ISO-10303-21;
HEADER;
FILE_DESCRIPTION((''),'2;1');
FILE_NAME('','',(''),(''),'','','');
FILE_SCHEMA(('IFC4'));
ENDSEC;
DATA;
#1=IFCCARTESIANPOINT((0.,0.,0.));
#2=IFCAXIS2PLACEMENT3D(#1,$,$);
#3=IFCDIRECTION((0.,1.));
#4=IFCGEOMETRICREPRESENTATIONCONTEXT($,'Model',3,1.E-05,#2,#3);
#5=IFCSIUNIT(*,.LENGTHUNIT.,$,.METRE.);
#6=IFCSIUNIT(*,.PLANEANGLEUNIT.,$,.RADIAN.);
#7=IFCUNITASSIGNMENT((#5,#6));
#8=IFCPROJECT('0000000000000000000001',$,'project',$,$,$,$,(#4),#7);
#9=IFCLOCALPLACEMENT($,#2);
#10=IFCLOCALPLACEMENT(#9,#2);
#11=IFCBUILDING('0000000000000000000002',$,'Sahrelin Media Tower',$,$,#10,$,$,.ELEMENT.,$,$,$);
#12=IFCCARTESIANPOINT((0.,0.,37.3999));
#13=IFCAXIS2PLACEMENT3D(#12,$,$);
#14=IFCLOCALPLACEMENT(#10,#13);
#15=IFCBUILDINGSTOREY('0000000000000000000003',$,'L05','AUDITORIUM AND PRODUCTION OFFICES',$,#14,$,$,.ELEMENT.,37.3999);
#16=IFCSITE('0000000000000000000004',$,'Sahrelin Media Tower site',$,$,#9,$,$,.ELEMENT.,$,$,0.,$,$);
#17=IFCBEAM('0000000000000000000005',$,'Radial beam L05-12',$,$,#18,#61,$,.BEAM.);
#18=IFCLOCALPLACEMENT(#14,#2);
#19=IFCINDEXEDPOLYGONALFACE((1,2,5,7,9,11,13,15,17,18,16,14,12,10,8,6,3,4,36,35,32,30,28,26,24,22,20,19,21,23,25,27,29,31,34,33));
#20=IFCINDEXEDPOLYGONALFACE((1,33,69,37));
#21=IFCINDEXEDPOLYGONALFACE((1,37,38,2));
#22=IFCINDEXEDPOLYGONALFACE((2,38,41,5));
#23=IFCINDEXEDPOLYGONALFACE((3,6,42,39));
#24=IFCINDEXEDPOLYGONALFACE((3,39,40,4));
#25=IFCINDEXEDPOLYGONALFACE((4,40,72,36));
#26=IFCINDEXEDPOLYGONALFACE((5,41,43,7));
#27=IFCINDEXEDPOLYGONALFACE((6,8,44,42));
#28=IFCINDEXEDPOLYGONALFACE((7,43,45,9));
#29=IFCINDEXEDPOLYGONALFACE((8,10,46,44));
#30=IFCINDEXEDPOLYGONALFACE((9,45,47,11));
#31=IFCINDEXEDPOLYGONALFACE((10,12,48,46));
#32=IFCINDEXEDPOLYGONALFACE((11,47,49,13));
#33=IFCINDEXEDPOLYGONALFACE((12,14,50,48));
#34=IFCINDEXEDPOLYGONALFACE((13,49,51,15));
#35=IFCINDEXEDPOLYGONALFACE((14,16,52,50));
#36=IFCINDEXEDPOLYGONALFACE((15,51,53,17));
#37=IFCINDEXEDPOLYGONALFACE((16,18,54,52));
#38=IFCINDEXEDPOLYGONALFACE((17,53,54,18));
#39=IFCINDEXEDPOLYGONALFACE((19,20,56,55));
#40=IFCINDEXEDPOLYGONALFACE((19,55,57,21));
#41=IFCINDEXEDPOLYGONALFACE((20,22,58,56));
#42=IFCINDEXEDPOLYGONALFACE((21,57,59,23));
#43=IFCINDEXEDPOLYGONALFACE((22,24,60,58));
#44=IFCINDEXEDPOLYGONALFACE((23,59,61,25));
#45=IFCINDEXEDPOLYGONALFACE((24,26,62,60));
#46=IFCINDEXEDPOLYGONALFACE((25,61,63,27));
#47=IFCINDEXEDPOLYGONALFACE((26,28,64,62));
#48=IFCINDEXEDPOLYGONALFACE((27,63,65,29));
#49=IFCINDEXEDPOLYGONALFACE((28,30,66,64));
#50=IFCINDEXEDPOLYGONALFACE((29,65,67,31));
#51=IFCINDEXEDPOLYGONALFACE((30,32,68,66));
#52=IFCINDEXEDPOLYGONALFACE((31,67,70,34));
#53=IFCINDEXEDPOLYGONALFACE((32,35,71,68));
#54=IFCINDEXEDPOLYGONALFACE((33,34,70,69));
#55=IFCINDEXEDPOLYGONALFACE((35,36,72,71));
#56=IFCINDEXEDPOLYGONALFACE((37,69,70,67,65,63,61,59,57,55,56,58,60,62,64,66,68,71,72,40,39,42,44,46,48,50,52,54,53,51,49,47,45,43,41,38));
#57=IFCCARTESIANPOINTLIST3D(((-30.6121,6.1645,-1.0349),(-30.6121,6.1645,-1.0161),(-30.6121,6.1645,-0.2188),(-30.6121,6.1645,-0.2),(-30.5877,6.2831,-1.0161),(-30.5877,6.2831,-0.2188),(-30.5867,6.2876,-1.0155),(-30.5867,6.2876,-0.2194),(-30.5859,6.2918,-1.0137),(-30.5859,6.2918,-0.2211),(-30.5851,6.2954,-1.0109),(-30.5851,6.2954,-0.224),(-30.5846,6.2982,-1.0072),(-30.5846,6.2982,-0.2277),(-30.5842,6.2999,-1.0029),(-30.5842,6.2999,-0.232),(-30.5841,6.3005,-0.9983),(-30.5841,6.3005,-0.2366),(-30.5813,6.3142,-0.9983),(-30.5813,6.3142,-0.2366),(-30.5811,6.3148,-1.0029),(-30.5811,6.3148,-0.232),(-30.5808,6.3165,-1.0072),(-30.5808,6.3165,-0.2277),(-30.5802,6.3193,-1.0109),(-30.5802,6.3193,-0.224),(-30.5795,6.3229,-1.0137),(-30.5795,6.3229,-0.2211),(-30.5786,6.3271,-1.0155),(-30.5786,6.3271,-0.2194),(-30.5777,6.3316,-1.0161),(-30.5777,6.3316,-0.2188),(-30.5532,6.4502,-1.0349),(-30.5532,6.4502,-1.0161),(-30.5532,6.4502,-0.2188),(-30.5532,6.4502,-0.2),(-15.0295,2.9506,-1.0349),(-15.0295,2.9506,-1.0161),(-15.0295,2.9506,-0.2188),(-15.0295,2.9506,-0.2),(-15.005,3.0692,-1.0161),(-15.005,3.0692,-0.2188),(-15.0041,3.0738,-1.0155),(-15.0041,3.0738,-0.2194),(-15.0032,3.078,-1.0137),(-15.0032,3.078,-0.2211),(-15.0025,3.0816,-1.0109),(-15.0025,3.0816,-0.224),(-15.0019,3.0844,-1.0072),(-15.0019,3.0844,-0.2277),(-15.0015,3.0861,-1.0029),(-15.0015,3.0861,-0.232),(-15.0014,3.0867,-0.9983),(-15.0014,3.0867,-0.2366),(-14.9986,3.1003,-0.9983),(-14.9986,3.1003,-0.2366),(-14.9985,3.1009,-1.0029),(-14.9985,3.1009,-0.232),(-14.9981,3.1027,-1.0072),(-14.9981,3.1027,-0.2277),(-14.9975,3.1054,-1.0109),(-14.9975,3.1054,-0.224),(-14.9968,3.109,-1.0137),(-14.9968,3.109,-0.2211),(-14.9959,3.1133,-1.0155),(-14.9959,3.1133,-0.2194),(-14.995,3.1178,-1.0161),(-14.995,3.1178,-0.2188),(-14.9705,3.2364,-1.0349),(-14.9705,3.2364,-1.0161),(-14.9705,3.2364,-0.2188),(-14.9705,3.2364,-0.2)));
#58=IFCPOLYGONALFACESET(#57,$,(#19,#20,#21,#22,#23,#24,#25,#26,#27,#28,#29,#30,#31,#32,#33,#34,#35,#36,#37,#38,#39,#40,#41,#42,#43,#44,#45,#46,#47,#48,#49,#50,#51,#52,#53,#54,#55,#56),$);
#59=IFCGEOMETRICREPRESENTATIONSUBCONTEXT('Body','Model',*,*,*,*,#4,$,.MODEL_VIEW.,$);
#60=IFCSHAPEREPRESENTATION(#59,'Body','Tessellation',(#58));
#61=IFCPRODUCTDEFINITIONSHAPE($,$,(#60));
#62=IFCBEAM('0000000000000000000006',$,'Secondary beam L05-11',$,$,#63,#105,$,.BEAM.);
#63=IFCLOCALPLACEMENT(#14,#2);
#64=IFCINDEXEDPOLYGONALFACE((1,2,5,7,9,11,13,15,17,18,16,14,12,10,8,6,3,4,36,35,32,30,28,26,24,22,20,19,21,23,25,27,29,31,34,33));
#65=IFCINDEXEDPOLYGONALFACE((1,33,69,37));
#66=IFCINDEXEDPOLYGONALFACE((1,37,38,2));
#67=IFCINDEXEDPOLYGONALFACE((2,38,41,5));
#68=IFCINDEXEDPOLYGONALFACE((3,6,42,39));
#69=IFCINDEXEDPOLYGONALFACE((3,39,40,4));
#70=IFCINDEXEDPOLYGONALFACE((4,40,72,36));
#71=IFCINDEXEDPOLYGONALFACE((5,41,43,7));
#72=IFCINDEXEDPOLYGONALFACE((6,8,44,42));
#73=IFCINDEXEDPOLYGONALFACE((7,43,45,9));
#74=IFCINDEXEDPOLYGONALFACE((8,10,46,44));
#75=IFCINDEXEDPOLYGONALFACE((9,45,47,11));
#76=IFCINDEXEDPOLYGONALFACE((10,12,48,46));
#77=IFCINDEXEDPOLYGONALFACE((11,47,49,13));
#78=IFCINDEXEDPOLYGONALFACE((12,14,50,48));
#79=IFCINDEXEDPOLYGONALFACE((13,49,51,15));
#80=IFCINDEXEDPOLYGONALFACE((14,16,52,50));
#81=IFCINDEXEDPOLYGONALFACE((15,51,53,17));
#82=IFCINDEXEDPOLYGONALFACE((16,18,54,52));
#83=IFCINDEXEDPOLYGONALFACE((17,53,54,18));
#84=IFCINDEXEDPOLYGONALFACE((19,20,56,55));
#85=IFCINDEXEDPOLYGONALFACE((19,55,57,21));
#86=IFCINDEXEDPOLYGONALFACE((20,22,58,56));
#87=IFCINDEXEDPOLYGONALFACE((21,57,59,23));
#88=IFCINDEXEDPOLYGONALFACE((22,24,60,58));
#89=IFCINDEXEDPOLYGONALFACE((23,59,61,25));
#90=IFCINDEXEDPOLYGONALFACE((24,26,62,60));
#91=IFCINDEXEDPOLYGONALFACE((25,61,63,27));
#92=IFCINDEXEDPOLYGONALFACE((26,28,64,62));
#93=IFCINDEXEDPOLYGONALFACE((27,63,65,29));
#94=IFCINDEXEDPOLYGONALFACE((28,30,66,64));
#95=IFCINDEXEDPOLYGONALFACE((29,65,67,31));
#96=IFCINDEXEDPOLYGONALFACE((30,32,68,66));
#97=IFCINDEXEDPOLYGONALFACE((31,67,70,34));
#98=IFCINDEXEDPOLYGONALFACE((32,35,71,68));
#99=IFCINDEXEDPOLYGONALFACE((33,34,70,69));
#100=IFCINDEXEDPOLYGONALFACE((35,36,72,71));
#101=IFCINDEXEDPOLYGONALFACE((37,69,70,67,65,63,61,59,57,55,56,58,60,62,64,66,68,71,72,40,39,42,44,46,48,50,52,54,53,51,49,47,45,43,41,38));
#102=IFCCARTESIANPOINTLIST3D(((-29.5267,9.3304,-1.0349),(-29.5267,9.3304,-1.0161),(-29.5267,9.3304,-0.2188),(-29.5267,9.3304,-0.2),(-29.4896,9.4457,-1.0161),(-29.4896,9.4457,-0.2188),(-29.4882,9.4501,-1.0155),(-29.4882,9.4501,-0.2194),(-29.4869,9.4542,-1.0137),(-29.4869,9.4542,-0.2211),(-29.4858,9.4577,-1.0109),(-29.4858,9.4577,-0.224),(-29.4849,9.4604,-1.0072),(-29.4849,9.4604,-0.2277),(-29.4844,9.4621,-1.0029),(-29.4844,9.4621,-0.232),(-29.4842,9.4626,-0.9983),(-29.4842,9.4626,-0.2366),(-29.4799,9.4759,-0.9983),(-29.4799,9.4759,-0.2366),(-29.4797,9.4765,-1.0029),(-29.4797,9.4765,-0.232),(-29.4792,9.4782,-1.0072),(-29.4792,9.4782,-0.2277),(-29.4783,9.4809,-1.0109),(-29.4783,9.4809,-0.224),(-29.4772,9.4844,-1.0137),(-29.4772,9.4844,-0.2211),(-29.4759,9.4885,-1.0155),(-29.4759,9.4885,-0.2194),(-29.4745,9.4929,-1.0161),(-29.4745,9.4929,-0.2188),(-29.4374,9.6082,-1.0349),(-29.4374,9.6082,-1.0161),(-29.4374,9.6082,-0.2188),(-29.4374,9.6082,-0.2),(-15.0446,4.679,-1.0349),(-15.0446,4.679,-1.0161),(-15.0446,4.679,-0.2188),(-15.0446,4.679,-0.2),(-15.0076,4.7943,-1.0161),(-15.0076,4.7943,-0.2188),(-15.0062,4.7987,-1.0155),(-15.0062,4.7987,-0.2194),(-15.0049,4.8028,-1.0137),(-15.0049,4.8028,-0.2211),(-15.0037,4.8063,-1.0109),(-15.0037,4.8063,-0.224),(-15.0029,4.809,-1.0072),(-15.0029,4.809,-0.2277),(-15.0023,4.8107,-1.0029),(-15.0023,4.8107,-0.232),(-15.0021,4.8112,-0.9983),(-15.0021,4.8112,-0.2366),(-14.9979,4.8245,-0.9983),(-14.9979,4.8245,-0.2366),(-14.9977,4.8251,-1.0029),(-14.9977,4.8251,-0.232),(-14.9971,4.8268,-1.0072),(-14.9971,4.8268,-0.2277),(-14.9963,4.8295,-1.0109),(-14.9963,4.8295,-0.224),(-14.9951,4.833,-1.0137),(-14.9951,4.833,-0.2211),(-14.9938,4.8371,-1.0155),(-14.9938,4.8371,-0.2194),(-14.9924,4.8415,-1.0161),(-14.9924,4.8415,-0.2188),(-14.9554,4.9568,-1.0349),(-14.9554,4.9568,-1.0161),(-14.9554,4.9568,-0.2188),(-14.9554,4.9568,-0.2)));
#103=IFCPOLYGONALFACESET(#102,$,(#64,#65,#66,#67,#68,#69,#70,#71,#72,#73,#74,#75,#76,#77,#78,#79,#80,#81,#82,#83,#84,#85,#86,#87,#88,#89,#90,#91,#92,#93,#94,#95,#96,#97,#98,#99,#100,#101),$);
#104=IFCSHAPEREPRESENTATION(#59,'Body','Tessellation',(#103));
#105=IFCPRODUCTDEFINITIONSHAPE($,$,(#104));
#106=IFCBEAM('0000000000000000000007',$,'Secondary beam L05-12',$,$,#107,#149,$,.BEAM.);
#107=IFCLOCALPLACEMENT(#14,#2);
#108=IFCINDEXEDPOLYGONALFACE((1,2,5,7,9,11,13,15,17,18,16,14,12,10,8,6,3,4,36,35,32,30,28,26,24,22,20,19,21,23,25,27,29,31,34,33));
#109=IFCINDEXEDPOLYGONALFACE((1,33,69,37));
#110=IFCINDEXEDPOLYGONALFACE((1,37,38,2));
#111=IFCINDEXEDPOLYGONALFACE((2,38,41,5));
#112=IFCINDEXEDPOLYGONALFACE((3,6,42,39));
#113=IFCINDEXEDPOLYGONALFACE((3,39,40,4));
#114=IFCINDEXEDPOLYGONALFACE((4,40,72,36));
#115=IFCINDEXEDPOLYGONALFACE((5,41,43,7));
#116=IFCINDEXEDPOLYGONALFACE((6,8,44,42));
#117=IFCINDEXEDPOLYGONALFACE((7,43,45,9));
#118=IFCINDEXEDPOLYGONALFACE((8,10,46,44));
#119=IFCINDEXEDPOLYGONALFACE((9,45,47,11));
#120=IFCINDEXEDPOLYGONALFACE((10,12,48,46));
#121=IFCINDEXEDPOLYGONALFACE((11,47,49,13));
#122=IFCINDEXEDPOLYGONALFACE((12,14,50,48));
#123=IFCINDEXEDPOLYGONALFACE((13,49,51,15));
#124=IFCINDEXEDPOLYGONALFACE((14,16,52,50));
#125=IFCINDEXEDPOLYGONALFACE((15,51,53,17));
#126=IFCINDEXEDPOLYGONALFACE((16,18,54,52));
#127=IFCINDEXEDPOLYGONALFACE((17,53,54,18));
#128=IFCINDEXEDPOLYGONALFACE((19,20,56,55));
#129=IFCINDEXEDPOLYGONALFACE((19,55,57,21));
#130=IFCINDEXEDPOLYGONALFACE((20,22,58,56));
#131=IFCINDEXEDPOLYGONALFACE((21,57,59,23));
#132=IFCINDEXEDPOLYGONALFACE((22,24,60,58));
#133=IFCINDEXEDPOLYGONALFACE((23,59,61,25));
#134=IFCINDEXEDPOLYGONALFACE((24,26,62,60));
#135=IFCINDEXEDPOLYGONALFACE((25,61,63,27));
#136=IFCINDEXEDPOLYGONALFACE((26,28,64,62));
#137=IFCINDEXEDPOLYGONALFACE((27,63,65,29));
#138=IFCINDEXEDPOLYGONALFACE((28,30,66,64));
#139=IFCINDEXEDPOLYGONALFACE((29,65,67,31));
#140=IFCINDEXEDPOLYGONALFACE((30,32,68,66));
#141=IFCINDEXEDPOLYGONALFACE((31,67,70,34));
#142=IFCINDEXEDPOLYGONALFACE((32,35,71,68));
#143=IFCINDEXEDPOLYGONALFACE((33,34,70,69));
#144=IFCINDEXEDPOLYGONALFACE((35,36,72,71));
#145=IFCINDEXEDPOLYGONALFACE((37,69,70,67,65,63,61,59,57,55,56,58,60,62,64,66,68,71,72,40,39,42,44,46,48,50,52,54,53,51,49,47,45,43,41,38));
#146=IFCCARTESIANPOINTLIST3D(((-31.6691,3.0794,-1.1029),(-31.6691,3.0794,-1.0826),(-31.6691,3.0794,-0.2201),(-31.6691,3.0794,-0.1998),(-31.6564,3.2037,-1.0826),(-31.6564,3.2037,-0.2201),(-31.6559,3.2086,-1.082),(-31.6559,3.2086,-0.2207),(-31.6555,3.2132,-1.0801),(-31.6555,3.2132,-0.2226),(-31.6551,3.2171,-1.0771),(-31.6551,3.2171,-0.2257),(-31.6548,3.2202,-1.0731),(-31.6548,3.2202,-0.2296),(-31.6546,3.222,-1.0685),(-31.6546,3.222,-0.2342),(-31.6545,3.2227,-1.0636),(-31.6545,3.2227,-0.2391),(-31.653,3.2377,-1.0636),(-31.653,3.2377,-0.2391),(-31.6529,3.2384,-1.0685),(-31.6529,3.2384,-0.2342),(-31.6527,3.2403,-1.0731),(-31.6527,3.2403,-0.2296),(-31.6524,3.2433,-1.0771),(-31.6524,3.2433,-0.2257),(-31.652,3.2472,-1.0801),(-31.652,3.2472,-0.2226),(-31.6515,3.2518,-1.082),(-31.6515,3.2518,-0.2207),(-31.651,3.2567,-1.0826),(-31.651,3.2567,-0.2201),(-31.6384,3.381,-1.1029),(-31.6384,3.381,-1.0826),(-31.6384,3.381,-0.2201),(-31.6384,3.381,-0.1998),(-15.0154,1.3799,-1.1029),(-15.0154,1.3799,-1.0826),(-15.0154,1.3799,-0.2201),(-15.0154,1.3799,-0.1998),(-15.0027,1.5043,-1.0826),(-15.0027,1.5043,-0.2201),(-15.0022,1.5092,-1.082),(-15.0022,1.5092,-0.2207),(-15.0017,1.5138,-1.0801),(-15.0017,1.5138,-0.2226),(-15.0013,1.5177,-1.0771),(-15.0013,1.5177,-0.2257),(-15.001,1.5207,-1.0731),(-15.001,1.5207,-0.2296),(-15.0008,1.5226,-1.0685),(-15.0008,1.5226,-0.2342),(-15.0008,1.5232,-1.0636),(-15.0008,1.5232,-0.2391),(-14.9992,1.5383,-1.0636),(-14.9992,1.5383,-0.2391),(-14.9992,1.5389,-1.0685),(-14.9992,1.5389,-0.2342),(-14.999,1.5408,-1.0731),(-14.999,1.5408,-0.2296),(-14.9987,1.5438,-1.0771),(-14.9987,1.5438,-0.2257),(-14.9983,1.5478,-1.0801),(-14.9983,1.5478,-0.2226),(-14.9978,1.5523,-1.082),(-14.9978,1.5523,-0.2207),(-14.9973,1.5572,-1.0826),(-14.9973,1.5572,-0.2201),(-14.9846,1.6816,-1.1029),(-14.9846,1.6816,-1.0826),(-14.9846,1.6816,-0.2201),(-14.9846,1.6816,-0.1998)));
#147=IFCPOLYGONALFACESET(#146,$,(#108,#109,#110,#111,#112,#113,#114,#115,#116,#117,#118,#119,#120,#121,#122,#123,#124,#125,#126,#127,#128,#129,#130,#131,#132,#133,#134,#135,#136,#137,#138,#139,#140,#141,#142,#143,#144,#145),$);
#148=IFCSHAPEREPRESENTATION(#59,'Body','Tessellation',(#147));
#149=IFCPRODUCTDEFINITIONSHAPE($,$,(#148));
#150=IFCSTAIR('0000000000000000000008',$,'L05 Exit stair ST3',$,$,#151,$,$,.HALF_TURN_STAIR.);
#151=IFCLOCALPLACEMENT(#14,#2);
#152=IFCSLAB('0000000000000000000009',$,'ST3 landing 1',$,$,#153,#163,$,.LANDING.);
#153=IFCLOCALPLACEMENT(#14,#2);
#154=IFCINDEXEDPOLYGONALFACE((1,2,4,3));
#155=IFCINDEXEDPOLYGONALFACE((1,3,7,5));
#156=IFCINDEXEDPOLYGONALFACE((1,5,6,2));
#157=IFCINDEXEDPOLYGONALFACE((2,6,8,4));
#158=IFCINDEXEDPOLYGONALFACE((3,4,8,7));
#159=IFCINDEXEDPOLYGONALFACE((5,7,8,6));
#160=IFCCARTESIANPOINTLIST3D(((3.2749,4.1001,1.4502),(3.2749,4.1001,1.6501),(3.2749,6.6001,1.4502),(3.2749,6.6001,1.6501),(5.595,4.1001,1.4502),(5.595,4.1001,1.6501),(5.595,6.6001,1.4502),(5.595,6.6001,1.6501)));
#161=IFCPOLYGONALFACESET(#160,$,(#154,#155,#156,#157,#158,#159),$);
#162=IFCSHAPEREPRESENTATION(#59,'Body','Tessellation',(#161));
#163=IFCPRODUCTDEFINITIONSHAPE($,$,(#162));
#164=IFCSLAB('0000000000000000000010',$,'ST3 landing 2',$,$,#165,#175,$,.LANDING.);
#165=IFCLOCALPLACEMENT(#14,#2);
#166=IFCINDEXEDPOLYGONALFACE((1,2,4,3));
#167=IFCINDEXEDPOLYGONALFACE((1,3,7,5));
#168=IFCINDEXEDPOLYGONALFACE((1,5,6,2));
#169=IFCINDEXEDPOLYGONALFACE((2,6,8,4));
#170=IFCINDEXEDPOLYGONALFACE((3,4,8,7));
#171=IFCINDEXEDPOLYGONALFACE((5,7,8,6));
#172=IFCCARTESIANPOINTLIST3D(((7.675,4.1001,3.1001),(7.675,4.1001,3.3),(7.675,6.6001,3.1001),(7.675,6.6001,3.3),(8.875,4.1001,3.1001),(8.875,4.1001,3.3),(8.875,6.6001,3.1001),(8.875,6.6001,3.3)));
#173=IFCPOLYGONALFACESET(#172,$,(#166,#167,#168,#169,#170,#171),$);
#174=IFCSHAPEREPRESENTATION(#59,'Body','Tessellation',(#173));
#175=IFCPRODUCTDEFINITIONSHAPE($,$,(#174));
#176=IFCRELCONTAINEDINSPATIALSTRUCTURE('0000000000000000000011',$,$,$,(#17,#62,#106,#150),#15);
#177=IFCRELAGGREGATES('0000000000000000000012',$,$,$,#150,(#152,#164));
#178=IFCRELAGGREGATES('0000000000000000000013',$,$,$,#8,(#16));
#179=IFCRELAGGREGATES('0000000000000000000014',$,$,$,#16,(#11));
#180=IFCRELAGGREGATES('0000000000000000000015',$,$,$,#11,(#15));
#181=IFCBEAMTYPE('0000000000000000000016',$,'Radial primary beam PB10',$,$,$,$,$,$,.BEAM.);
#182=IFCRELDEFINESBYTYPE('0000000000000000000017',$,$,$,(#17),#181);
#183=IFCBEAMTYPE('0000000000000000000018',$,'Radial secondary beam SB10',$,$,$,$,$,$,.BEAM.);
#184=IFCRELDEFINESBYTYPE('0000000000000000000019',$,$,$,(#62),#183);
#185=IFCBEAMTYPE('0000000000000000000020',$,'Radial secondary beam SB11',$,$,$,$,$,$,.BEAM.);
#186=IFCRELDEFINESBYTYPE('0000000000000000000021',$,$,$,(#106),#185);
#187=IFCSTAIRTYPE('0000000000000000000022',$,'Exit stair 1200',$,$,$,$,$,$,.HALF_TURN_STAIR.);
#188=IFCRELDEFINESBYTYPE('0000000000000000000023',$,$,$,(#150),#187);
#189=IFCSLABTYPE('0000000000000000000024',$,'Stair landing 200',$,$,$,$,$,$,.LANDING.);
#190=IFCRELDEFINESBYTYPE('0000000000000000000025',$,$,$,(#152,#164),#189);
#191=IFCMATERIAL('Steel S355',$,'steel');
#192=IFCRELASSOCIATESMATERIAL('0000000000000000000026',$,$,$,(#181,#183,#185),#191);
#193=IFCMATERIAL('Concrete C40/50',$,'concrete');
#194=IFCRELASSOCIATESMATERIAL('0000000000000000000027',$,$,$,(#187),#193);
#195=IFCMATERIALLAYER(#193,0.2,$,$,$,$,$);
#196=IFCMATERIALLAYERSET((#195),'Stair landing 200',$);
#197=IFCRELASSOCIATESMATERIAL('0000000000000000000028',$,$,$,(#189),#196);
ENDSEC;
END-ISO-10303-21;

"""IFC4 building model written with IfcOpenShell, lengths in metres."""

from ifc_helpers import new_model, si_unit, direction, frame, origin, origin_2d, place, context, subcontext, project, spatial, polyline, i_section, outline, extrude, material, layer, layer_set, material_profile, profile_set, type_object, element, aggregate, save


model = new_model("IFC4")

# Units and contexts
model_context = context("Model", 3, precision=1e-05, world=origin(), true_north=direction((0.0, 1.0)))
body_context = subcontext(model_context, "Body", "Model", "MODEL_VIEW")
ifc_project = project(units=[si_unit("LENGTHUNIT", "METRE"), si_unit("PLANEANGLEUNIT", "RADIAN")], contexts=[model_context])

# Site, building, storey
site_placement = place(None, origin())
site = spatial("IfcSite", under=ifc_project, at=site_placement, Name="Sahrelin Media Tower site", CompositionType="ELEMENT", RefElevation=0.0)
building_placement = place(site_placement, origin())
building = spatial("IfcBuilding", under=site, at=building_placement, Name="Sahrelin Media Tower", CompositionType="ELEMENT")
storey_placement = place(building_placement, frame((0.0, 0.0, 37.3999)))
storey = spatial("IfcBuildingStorey", under=building, at=storey_placement, Name="L05", Description="AUDITORIUM AND PRODUCTION OFFICES", CompositionType="ELEMENT", Elevation=37.3999)

# Beams
ifc_material_1 = material(Name="Steel S355", Category="steel")
ifc_material_profile_1 = material_profile(ifc_material_1, i_section(OverallWidth=0.2917, OverallDepth=0.835, WebThickness=0.0139, FlangeThickness=0.0188, FilletRadius=0.0178, at=origin_2d()), Name="UB 838x292x176")
ifc_profile_set_1 = profile_set([ifc_material_profile_1], Name="Steel S355")
beam_type_1 = type_object("IfcBeamType", Name="Radial primary beam PB10", PredefinedType="BEAM", material=ifc_profile_set_1)
beam_1_placement = place(storey_placement, frame((-15.0, 3.0935, -0.6174), z_axis=(-0.979387, 0.201994, 0.0), x_axis=(-0.201994, -0.979387, 0.0)))
element("IfcBeam", 1, at=beam_1_placement, inside=storey, type_object=beam_type_1, Name="Radial beam L05-12", PredefinedType="BEAM", context=body_context, shape_type="SweptSolid", body=[
    extrude(i_section(OverallWidth=0.2917, OverallDepth=0.835, WebThickness=0.0139, FlangeThickness=0.0188, FilletRadius=0.0178, at=origin_2d()), origin(), (0.0, 0.0, 1.0), 15.9106),
])
ifc_material_profile_2 = material_profile(ifc_material_1, i_section(OverallWidth=0.2917, OverallDepth=0.835, WebThickness=0.0139, FlangeThickness=0.0188, FilletRadius=0.0178, at=origin_2d()), Name="UB 838x292x176")
ifc_profile_set_2 = profile_set([ifc_material_profile_2], Name="Steel S355")
beam_type_2 = type_object("IfcBeamType", Name="Radial secondary beam SB10", PredefinedType="BEAM", material=ifc_profile_set_2)
beam_2_placement = place(storey_placement, frame((-15.0, 4.8179, -0.6174), z_axis=(-0.952096, 0.305798, 0.0), x_axis=(-0.305798, -0.952096, 0.0)))
element("IfcBeam", 2, at=beam_2_placement, inside=storey, type_object=beam_type_2, Name="Secondary beam L05-11", PredefinedType="BEAM", context=body_context, shape_type="SweptSolid", body=[
    extrude(i_section(OverallWidth=0.2917, OverallDepth=0.835, WebThickness=0.0139, FlangeThickness=0.0188, FilletRadius=0.0178, at=origin_2d()), origin(), (0.0, 0.0, 1.0), 15.2107),
])
ifc_material_profile_3 = material_profile(ifc_material_1, i_section(OverallWidth=0.3032, OverallDepth=0.9031, WebThickness=0.0151, FlangeThickness=0.0203, FilletRadius=0.019, at=origin_2d()), Name="UB 914x305x201")
ifc_profile_set_3 = profile_set([ifc_material_profile_3], Name="Steel S355")
beam_type_3 = type_object("IfcBeamType", Name="Radial secondary beam SB11", PredefinedType="BEAM", material=ifc_profile_set_3)
beam_3_placement = place(storey_placement, frame((-15.0, 1.5308, -0.6514), z_axis=(-0.994834, 0.101519, 0.0), x_axis=(-0.101519, -0.994834, 0.0)))
element("IfcBeam", 3, at=beam_3_placement, inside=storey, type_object=beam_type_3, Name="Secondary beam L05-12", PredefinedType="BEAM", context=body_context, shape_type="SweptSolid", body=[
    extrude(i_section(OverallWidth=0.3032, OverallDepth=0.9031, WebThickness=0.0151, FlangeThickness=0.0203, FilletRadius=0.019, at=origin_2d()), origin(), (0.0, 0.0, 1.0), 16.7402),
])

# Stair, slabs
ifc_material_2 = material(Name="Concrete C40/50", Category="concrete")
stair_type = type_object("IfcStairType", Name="Exit stair 1200", PredefinedType="HALF_TURN_STAIR", material=ifc_material_2)
stair_placement = place(storey_placement, origin())
stair = element("IfcStair", 4, at=stair_placement, inside=storey, type_object=stair_type, Name="L05 Exit stair ST3", PredefinedType="HALF_TURN_STAIR")
ifc_layer_1 = layer(ifc_material_2, 0.2)
ifc_layer_set_1 = layer_set([ifc_layer_1], Name="Stair landing 200")
slab_type = type_object("IfcSlabType", Name="Stair landing 200", PredefinedType="LANDING", material=ifc_layer_set_1)
slab_1_placement = place(storey_placement, frame((0.0, 0.0, 1.4502)))
slab_1 = element("IfcSlab", 5, at=slab_1_placement, type_object=slab_type, Name="ST3 landing 1", PredefinedType="LANDING", context=body_context, shape_type="SweptSolid", body=[
    extrude(outline(polyline([(5.595, 6.6001), (3.2749, 6.6001), (3.2749, 4.1001), (5.595, 4.1001), (5.595, 6.6001)])), origin(), (0.0, 0.0, 1.0), 0.2),
])
slab_2_placement = place(storey_placement, frame((0.0, 0.0, 3.1001)))
slab_2 = element("IfcSlab", 6, at=slab_2_placement, type_object=slab_type, Name="ST3 landing 2", PredefinedType="LANDING", context=body_context, shape_type="SweptSolid", body=[
    extrude(outline(polyline([(8.875, 6.6001), (7.675, 6.6001), (7.675, 4.1001), (8.875, 4.1001), (8.875, 6.6001)])), origin(), (0.0, 0.0, 1.0), 0.2),
])
aggregate(stair, [slab_1, slab_2])

save(model, "model.ifc")
